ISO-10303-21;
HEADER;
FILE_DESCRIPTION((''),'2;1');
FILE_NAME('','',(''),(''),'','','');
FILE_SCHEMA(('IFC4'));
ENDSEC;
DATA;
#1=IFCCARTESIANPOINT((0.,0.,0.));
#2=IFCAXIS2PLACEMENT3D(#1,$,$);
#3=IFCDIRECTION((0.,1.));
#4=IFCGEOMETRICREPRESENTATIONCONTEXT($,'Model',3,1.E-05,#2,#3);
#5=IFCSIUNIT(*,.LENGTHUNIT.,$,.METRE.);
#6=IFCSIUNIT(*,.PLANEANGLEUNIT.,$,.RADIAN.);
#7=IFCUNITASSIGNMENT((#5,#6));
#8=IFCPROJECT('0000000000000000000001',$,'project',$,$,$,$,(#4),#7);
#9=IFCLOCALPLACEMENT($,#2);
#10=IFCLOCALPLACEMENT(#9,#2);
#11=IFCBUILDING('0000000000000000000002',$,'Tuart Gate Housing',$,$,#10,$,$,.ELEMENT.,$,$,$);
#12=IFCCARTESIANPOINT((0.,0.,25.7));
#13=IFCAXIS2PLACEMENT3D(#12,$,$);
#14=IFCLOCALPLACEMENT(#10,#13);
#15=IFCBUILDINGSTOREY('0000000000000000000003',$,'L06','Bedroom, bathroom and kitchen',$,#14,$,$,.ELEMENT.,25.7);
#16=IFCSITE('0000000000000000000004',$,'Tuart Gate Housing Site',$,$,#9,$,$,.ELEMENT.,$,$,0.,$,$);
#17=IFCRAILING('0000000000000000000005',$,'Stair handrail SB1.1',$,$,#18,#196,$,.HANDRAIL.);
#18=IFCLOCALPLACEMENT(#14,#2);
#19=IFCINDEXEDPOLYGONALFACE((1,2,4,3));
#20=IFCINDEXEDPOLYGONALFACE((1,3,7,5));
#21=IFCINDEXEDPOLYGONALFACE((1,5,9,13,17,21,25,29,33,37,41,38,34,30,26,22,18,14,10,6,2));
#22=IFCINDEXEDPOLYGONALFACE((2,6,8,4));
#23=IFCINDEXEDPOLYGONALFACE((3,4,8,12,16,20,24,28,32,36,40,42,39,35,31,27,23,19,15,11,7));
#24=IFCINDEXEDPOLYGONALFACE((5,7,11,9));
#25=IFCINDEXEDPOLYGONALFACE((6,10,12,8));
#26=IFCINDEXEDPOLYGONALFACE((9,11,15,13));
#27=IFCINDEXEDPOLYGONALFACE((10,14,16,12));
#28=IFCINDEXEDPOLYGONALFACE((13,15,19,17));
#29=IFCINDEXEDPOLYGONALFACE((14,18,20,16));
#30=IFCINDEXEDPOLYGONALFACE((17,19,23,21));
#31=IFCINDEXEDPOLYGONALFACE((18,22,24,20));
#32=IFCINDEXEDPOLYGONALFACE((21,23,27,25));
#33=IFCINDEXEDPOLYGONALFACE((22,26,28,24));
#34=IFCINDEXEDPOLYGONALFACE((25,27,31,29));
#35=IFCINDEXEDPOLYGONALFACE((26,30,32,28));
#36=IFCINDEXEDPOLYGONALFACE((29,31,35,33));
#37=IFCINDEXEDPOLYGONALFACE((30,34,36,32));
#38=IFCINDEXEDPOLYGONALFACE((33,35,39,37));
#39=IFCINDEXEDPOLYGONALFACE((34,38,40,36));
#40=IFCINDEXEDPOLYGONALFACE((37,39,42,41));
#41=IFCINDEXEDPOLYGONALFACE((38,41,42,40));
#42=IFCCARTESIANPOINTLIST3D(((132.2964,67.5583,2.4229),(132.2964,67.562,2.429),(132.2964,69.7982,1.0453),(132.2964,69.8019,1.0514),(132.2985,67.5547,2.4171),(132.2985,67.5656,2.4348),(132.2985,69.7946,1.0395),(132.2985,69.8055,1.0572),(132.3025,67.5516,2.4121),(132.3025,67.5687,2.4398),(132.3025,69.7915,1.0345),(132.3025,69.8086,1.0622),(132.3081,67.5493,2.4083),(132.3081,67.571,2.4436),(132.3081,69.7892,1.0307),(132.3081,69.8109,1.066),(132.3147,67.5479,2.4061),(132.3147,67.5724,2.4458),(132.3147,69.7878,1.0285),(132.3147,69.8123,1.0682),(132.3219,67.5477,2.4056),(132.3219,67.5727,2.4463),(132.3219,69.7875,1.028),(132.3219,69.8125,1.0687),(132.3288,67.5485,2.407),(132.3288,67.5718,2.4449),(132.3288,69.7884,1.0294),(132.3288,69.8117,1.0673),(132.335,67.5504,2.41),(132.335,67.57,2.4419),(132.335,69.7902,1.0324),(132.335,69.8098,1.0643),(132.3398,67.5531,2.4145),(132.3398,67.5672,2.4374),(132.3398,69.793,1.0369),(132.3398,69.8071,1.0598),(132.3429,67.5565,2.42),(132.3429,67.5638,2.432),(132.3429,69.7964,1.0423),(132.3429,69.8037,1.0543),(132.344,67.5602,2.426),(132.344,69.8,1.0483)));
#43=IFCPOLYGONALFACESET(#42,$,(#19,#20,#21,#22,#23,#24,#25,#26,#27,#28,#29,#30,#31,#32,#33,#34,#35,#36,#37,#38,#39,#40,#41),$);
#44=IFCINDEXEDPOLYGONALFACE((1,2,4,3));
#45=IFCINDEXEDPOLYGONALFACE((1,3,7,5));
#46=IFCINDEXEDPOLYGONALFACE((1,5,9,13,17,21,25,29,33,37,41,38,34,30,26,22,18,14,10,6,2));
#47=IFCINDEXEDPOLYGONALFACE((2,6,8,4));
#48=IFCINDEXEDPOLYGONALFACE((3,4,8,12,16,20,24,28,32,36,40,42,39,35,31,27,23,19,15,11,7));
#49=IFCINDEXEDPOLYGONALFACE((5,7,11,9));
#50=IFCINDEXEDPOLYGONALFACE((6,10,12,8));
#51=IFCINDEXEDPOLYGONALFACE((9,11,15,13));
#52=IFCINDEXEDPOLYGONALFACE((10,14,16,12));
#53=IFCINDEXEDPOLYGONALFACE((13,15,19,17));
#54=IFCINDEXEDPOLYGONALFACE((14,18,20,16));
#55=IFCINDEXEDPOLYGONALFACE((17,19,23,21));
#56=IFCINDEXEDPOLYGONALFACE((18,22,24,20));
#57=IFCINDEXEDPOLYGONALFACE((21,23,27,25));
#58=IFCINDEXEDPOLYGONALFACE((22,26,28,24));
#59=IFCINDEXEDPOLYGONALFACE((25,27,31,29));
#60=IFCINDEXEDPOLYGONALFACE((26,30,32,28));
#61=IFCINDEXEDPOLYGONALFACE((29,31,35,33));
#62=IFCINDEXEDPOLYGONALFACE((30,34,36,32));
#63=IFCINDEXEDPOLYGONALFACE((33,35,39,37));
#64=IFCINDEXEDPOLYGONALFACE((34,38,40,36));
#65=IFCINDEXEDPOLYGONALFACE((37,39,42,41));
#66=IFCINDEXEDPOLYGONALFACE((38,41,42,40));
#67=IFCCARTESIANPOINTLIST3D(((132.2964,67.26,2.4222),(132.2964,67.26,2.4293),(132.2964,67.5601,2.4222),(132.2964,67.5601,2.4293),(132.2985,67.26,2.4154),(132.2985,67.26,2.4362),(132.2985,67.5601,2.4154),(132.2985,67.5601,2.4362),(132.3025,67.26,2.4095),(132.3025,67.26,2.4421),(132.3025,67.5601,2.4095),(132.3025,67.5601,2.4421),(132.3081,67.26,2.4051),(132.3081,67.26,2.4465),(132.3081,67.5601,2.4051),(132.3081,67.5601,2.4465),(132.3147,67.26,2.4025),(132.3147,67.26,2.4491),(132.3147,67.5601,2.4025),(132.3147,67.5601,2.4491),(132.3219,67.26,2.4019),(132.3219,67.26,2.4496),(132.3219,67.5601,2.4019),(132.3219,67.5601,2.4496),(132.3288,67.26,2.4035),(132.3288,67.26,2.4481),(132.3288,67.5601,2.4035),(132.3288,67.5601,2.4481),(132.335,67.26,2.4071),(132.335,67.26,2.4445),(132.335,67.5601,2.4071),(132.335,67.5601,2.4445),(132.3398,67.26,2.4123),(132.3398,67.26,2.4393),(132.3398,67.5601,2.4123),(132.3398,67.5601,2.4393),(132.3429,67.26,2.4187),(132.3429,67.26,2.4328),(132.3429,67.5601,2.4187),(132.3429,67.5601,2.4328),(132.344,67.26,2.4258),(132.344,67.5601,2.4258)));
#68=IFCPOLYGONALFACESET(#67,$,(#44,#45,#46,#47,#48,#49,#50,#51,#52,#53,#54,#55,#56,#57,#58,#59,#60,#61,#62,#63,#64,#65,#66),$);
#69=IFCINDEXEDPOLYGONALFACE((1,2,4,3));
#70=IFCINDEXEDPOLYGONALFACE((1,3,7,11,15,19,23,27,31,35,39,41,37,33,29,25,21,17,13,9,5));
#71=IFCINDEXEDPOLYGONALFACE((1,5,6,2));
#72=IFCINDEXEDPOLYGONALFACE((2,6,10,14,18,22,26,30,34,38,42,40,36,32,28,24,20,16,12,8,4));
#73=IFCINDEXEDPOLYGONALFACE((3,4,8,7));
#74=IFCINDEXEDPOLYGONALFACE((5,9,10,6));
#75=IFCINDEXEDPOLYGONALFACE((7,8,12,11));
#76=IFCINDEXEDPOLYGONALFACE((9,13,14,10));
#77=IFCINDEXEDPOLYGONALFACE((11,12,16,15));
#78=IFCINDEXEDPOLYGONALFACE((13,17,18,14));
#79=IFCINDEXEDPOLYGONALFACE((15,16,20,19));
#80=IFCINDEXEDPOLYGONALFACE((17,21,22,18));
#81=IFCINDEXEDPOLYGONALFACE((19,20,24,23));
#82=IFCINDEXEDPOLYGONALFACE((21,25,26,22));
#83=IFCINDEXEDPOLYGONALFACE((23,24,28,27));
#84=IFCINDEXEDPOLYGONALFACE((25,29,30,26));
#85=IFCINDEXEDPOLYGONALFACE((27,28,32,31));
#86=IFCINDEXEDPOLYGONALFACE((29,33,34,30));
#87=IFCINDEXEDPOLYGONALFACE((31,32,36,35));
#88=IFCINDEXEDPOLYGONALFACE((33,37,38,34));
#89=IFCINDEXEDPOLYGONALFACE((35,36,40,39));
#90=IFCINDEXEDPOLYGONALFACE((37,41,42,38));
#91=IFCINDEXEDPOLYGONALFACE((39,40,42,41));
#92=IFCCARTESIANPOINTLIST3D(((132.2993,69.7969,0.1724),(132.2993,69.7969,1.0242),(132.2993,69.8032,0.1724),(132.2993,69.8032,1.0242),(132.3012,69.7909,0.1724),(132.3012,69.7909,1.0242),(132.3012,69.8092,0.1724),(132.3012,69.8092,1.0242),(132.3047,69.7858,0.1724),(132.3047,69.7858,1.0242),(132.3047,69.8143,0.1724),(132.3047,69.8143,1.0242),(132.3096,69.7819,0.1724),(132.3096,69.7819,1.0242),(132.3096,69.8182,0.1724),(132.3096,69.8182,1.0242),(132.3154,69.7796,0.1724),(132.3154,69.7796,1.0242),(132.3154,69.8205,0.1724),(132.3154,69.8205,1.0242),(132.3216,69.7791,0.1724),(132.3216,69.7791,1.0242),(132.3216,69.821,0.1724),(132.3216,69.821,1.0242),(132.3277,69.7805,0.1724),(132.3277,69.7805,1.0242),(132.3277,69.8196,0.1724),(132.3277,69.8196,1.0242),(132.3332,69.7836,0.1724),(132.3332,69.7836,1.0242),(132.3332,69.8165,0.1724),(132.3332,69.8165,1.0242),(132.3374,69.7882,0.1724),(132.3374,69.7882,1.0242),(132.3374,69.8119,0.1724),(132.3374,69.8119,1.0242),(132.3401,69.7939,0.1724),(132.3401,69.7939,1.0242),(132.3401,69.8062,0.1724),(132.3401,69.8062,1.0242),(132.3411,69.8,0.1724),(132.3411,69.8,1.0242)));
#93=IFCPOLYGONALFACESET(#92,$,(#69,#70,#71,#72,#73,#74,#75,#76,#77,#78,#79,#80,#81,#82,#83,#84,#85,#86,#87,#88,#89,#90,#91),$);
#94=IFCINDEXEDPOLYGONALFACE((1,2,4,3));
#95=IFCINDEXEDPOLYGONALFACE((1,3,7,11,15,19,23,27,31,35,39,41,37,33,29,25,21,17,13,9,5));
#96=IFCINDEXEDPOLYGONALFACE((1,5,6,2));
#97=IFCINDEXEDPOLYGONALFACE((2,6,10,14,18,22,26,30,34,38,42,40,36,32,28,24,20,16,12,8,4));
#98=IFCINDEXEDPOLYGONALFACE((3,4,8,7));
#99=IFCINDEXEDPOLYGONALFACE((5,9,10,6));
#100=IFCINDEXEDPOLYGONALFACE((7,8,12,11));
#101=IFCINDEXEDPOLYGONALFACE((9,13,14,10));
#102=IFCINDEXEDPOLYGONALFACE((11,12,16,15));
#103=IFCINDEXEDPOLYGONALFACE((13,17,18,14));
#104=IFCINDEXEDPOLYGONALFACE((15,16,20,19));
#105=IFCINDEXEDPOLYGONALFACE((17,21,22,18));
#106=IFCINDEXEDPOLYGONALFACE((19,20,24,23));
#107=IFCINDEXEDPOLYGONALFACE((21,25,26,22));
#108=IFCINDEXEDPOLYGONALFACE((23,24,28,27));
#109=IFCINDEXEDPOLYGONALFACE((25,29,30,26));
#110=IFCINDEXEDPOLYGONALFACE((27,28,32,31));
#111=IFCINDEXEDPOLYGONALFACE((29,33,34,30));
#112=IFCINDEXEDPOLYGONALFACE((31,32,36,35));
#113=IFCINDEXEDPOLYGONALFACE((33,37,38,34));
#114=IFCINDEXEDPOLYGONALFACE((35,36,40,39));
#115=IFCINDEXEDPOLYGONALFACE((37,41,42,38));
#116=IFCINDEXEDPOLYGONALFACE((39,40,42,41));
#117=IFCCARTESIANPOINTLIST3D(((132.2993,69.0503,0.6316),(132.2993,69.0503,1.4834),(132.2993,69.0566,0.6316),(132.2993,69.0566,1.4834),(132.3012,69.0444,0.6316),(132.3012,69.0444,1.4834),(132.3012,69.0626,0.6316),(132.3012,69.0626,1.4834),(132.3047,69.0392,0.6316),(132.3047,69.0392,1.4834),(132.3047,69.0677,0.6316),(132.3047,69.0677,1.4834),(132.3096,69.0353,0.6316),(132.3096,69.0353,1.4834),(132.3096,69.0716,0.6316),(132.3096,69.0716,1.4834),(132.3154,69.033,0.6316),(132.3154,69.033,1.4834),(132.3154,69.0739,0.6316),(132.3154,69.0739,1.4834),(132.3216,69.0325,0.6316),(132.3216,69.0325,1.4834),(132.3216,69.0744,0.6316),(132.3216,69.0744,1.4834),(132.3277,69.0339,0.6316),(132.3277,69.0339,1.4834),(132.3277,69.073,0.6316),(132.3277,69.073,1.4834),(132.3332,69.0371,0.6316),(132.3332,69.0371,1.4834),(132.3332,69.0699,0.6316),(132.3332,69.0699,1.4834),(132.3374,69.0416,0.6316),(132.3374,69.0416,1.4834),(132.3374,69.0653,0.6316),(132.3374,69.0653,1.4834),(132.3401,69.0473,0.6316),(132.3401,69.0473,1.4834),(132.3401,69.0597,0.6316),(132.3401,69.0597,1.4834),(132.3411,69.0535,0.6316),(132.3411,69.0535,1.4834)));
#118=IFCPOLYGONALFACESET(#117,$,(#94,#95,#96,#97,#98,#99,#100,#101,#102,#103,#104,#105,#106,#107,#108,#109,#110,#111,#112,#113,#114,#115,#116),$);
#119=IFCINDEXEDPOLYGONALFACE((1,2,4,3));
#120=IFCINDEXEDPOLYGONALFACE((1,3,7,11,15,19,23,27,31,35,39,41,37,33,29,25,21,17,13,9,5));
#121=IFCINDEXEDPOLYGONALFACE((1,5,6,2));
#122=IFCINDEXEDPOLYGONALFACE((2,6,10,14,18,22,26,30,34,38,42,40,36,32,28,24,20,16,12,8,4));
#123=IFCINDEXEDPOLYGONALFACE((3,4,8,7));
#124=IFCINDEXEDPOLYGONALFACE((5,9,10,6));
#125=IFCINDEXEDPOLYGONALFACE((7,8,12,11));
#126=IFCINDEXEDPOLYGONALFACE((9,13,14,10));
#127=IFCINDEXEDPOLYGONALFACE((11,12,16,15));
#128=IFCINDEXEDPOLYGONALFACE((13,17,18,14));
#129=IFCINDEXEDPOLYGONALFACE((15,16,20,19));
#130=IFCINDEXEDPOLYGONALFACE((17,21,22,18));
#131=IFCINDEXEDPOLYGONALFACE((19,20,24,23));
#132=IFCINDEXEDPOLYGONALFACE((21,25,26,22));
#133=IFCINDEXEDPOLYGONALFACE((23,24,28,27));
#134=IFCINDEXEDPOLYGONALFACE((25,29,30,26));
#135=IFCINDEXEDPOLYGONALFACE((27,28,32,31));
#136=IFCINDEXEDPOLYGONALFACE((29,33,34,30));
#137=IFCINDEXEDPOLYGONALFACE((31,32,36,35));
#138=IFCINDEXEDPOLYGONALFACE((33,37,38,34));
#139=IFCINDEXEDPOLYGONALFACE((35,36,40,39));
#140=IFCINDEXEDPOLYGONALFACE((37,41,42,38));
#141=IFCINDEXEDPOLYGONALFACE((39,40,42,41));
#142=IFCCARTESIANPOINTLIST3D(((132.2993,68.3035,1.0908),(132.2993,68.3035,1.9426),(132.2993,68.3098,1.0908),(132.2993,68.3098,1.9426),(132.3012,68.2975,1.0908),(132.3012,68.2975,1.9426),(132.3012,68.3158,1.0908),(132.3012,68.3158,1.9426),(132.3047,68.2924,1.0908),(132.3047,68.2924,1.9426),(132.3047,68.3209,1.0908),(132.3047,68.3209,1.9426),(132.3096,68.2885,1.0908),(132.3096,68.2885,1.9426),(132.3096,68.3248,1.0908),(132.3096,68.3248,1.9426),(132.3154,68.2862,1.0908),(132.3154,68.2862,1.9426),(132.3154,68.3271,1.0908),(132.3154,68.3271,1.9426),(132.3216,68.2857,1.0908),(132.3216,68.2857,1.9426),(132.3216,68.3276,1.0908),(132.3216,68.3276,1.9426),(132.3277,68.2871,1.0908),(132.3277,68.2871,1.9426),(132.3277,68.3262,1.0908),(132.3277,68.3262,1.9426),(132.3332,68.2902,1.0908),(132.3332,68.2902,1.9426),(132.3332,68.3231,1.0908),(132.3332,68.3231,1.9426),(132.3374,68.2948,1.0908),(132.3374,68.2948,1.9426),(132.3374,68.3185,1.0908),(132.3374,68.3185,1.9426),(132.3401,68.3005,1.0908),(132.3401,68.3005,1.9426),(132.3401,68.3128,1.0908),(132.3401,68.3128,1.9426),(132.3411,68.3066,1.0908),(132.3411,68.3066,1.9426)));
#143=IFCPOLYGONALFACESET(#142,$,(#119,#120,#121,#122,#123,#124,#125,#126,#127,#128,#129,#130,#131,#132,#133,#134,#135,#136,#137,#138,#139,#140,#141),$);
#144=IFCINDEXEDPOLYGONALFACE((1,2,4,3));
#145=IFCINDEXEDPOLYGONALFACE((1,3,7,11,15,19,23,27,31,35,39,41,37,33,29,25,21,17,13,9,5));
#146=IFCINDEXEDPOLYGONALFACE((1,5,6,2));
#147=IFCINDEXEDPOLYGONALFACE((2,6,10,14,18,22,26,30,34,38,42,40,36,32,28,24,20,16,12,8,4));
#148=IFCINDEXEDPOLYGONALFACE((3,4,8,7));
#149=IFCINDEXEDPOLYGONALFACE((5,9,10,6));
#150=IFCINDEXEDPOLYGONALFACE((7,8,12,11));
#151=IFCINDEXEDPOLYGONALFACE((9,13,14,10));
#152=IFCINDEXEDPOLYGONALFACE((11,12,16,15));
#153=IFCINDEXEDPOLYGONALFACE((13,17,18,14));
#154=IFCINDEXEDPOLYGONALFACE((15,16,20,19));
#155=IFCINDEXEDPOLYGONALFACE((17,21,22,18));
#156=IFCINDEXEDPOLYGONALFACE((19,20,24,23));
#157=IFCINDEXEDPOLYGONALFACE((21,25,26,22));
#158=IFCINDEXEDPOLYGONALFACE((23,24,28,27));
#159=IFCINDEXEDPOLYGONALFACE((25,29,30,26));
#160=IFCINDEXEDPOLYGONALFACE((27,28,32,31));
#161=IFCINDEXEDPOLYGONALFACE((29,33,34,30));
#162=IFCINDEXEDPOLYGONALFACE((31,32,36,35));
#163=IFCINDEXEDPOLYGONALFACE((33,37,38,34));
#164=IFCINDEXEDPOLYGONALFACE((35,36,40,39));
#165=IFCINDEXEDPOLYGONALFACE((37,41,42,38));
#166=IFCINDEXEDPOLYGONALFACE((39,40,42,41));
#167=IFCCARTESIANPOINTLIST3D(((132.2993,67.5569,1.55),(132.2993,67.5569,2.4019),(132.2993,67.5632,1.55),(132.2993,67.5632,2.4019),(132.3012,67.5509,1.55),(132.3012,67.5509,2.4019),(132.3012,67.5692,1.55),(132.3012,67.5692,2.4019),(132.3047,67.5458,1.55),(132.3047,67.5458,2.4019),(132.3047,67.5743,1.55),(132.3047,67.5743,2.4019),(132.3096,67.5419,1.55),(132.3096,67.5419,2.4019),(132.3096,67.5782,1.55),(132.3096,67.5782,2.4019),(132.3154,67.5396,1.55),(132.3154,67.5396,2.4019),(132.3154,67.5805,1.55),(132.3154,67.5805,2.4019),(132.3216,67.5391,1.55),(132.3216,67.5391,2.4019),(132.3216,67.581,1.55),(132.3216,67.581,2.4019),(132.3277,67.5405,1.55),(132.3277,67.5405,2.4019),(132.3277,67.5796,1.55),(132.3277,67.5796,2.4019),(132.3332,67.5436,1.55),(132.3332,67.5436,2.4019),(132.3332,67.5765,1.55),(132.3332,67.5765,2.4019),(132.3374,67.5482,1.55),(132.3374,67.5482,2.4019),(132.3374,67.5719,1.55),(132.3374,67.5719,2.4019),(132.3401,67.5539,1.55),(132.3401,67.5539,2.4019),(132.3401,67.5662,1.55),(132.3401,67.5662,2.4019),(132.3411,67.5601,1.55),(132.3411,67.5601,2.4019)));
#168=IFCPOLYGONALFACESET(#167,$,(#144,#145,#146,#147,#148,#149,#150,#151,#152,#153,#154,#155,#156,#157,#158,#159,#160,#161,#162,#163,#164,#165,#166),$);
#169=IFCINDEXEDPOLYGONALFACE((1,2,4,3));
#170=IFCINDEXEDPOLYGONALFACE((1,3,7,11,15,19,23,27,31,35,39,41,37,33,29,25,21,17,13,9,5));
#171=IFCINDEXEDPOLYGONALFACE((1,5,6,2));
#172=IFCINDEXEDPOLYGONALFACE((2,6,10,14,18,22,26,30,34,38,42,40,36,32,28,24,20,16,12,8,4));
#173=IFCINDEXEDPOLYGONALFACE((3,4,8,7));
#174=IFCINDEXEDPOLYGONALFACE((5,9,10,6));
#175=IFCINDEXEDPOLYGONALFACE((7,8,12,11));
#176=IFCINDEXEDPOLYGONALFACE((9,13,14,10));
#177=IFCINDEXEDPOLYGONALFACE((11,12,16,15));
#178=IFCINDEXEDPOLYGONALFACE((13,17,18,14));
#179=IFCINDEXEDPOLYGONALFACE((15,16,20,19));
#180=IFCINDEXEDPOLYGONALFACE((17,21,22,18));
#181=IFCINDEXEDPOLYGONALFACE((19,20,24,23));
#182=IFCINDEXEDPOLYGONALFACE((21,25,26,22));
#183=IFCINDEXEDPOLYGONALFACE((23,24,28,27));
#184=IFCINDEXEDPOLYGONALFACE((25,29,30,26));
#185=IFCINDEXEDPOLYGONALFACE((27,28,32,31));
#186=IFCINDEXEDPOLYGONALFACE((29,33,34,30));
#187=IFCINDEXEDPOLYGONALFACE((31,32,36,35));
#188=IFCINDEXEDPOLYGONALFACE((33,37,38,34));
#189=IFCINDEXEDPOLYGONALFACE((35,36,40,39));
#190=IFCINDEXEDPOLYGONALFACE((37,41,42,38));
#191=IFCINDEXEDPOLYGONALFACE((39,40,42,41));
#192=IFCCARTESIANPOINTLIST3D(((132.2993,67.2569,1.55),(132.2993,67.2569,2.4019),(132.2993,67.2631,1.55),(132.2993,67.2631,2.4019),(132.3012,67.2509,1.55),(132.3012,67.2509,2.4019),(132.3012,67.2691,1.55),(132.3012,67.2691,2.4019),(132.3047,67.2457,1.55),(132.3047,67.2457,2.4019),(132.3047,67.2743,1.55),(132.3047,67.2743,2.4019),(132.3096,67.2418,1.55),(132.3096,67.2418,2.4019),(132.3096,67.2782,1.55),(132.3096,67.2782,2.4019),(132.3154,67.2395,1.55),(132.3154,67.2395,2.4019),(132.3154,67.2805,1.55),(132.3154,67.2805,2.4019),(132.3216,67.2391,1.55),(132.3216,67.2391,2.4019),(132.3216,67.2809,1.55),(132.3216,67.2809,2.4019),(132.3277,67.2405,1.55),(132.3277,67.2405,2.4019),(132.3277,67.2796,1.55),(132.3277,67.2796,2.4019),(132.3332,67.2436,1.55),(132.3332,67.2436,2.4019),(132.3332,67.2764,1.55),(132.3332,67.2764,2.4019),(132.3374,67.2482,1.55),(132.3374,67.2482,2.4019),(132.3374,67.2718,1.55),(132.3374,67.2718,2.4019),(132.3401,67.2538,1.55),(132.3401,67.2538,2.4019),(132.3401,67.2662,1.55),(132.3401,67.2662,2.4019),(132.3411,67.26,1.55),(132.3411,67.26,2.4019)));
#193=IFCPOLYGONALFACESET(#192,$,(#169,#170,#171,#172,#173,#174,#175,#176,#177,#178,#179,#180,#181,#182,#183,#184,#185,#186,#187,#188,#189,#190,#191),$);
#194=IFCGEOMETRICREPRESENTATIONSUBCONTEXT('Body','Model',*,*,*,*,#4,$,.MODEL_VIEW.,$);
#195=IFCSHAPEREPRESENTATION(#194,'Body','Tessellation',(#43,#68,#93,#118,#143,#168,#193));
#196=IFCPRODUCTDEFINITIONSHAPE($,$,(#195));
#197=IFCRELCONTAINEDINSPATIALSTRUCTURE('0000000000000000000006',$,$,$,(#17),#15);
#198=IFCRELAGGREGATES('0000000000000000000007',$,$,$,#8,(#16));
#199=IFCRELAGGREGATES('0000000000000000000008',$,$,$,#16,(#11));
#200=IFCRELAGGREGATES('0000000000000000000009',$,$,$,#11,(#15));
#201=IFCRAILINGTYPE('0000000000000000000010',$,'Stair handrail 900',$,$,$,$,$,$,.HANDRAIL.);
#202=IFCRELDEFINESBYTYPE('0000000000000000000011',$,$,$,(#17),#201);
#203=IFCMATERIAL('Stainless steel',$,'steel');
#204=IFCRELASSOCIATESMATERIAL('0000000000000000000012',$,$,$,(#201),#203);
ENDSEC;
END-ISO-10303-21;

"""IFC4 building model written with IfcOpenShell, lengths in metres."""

from ifc_helpers import new_model, si_unit, direction, frame, origin, origin_2d, place, context, subcontext, project, spatial, circle, extrude, material, type_object, element, save


model = new_model("IFC4")

# Units and contexts
model_context = context("Model", 3, precision=1e-05, world=origin(), true_north=direction((0.0, 1.0)))
body_context = subcontext(model_context, "Body", "Model", "MODEL_VIEW")
ifc_project = project(units=[si_unit("LENGTHUNIT", "METRE"), si_unit("PLANEANGLEUNIT", "RADIAN")], contexts=[model_context])

# Site, building, storey
site_placement = place(None, origin())
site = spatial("IfcSite", under=ifc_project, at=site_placement, Name="Tuart Gate Housing Site", CompositionType="ELEMENT", RefElevation=0.0)
building_placement = place(site_placement, origin())
building = spatial("IfcBuilding", under=site, at=building_placement, Name="Tuart Gate Housing", CompositionType="ELEMENT")
storey_placement = place(building_placement, frame((0.0, 0.0, 25.7)))
storey = spatial("IfcBuildingStorey", under=building, at=storey_placement, Name="L06", Description="Bedroom, bathroom and kitchen", CompositionType="ELEMENT", Elevation=25.7)

# Railing
ifc_material_1 = material(Name="Stainless steel", Category="steel")
railing_type = type_object("IfcRailingType", Name="Stair handrail 900", PredefinedType="HANDRAIL", material=ifc_material_1)
railing_placement = place(storey_placement, frame((132.3201, 69.8, 0.1724)))
element("IfcRailing", 1, at=railing_placement, inside=storey, type_object=railing_type, Name="Stair handrail SB1.1", PredefinedType="HANDRAIL", context=body_context, shape_type="SweptSolid", body=[
    extrude(circle(Radius=0.0239, at=origin_2d()), frame((0.0, 0.0, 0.876), z_axis=(0.0, -0.851789, 0.523885), x_axis=(1.0, 0.0, 0.0)), (0.0, 0.0, 1.0), 2.6296),
    extrude(circle(Radius=0.0239, at=origin_2d()), frame((0.0, -2.24, 2.2534), z_axis=(0.0, -1.0, 0.0), x_axis=(1.0, 0.0, 0.0)), (0.0, 0.0, 1.0), 0.3),
    extrude(circle(Radius=0.021, at=origin_2d()), origin(), (0.0, 0.0, 1.0), 0.8518),
    extrude(circle(Radius=0.021, at=origin_2d()), frame((0.0, -0.7466, 0.4592)), (0.0, 0.0, 1.0), 0.8518),
    extrude(circle(Radius=0.021, at=origin_2d()), frame((0.0, -1.4934, 0.9185)), (0.0, 0.0, 1.0), 0.8518),
    extrude(circle(Radius=0.021, at=origin_2d()), frame((0.0, -2.24, 1.3777)), (0.0, 0.0, 1.0), 0.8518),
    extrude(circle(Radius=0.021, at=origin_2d()), frame((0.0, -2.54, 1.3777)), (0.0, 0.0, 1.0), 0.8518),
])

save(model, "model.ifc")
